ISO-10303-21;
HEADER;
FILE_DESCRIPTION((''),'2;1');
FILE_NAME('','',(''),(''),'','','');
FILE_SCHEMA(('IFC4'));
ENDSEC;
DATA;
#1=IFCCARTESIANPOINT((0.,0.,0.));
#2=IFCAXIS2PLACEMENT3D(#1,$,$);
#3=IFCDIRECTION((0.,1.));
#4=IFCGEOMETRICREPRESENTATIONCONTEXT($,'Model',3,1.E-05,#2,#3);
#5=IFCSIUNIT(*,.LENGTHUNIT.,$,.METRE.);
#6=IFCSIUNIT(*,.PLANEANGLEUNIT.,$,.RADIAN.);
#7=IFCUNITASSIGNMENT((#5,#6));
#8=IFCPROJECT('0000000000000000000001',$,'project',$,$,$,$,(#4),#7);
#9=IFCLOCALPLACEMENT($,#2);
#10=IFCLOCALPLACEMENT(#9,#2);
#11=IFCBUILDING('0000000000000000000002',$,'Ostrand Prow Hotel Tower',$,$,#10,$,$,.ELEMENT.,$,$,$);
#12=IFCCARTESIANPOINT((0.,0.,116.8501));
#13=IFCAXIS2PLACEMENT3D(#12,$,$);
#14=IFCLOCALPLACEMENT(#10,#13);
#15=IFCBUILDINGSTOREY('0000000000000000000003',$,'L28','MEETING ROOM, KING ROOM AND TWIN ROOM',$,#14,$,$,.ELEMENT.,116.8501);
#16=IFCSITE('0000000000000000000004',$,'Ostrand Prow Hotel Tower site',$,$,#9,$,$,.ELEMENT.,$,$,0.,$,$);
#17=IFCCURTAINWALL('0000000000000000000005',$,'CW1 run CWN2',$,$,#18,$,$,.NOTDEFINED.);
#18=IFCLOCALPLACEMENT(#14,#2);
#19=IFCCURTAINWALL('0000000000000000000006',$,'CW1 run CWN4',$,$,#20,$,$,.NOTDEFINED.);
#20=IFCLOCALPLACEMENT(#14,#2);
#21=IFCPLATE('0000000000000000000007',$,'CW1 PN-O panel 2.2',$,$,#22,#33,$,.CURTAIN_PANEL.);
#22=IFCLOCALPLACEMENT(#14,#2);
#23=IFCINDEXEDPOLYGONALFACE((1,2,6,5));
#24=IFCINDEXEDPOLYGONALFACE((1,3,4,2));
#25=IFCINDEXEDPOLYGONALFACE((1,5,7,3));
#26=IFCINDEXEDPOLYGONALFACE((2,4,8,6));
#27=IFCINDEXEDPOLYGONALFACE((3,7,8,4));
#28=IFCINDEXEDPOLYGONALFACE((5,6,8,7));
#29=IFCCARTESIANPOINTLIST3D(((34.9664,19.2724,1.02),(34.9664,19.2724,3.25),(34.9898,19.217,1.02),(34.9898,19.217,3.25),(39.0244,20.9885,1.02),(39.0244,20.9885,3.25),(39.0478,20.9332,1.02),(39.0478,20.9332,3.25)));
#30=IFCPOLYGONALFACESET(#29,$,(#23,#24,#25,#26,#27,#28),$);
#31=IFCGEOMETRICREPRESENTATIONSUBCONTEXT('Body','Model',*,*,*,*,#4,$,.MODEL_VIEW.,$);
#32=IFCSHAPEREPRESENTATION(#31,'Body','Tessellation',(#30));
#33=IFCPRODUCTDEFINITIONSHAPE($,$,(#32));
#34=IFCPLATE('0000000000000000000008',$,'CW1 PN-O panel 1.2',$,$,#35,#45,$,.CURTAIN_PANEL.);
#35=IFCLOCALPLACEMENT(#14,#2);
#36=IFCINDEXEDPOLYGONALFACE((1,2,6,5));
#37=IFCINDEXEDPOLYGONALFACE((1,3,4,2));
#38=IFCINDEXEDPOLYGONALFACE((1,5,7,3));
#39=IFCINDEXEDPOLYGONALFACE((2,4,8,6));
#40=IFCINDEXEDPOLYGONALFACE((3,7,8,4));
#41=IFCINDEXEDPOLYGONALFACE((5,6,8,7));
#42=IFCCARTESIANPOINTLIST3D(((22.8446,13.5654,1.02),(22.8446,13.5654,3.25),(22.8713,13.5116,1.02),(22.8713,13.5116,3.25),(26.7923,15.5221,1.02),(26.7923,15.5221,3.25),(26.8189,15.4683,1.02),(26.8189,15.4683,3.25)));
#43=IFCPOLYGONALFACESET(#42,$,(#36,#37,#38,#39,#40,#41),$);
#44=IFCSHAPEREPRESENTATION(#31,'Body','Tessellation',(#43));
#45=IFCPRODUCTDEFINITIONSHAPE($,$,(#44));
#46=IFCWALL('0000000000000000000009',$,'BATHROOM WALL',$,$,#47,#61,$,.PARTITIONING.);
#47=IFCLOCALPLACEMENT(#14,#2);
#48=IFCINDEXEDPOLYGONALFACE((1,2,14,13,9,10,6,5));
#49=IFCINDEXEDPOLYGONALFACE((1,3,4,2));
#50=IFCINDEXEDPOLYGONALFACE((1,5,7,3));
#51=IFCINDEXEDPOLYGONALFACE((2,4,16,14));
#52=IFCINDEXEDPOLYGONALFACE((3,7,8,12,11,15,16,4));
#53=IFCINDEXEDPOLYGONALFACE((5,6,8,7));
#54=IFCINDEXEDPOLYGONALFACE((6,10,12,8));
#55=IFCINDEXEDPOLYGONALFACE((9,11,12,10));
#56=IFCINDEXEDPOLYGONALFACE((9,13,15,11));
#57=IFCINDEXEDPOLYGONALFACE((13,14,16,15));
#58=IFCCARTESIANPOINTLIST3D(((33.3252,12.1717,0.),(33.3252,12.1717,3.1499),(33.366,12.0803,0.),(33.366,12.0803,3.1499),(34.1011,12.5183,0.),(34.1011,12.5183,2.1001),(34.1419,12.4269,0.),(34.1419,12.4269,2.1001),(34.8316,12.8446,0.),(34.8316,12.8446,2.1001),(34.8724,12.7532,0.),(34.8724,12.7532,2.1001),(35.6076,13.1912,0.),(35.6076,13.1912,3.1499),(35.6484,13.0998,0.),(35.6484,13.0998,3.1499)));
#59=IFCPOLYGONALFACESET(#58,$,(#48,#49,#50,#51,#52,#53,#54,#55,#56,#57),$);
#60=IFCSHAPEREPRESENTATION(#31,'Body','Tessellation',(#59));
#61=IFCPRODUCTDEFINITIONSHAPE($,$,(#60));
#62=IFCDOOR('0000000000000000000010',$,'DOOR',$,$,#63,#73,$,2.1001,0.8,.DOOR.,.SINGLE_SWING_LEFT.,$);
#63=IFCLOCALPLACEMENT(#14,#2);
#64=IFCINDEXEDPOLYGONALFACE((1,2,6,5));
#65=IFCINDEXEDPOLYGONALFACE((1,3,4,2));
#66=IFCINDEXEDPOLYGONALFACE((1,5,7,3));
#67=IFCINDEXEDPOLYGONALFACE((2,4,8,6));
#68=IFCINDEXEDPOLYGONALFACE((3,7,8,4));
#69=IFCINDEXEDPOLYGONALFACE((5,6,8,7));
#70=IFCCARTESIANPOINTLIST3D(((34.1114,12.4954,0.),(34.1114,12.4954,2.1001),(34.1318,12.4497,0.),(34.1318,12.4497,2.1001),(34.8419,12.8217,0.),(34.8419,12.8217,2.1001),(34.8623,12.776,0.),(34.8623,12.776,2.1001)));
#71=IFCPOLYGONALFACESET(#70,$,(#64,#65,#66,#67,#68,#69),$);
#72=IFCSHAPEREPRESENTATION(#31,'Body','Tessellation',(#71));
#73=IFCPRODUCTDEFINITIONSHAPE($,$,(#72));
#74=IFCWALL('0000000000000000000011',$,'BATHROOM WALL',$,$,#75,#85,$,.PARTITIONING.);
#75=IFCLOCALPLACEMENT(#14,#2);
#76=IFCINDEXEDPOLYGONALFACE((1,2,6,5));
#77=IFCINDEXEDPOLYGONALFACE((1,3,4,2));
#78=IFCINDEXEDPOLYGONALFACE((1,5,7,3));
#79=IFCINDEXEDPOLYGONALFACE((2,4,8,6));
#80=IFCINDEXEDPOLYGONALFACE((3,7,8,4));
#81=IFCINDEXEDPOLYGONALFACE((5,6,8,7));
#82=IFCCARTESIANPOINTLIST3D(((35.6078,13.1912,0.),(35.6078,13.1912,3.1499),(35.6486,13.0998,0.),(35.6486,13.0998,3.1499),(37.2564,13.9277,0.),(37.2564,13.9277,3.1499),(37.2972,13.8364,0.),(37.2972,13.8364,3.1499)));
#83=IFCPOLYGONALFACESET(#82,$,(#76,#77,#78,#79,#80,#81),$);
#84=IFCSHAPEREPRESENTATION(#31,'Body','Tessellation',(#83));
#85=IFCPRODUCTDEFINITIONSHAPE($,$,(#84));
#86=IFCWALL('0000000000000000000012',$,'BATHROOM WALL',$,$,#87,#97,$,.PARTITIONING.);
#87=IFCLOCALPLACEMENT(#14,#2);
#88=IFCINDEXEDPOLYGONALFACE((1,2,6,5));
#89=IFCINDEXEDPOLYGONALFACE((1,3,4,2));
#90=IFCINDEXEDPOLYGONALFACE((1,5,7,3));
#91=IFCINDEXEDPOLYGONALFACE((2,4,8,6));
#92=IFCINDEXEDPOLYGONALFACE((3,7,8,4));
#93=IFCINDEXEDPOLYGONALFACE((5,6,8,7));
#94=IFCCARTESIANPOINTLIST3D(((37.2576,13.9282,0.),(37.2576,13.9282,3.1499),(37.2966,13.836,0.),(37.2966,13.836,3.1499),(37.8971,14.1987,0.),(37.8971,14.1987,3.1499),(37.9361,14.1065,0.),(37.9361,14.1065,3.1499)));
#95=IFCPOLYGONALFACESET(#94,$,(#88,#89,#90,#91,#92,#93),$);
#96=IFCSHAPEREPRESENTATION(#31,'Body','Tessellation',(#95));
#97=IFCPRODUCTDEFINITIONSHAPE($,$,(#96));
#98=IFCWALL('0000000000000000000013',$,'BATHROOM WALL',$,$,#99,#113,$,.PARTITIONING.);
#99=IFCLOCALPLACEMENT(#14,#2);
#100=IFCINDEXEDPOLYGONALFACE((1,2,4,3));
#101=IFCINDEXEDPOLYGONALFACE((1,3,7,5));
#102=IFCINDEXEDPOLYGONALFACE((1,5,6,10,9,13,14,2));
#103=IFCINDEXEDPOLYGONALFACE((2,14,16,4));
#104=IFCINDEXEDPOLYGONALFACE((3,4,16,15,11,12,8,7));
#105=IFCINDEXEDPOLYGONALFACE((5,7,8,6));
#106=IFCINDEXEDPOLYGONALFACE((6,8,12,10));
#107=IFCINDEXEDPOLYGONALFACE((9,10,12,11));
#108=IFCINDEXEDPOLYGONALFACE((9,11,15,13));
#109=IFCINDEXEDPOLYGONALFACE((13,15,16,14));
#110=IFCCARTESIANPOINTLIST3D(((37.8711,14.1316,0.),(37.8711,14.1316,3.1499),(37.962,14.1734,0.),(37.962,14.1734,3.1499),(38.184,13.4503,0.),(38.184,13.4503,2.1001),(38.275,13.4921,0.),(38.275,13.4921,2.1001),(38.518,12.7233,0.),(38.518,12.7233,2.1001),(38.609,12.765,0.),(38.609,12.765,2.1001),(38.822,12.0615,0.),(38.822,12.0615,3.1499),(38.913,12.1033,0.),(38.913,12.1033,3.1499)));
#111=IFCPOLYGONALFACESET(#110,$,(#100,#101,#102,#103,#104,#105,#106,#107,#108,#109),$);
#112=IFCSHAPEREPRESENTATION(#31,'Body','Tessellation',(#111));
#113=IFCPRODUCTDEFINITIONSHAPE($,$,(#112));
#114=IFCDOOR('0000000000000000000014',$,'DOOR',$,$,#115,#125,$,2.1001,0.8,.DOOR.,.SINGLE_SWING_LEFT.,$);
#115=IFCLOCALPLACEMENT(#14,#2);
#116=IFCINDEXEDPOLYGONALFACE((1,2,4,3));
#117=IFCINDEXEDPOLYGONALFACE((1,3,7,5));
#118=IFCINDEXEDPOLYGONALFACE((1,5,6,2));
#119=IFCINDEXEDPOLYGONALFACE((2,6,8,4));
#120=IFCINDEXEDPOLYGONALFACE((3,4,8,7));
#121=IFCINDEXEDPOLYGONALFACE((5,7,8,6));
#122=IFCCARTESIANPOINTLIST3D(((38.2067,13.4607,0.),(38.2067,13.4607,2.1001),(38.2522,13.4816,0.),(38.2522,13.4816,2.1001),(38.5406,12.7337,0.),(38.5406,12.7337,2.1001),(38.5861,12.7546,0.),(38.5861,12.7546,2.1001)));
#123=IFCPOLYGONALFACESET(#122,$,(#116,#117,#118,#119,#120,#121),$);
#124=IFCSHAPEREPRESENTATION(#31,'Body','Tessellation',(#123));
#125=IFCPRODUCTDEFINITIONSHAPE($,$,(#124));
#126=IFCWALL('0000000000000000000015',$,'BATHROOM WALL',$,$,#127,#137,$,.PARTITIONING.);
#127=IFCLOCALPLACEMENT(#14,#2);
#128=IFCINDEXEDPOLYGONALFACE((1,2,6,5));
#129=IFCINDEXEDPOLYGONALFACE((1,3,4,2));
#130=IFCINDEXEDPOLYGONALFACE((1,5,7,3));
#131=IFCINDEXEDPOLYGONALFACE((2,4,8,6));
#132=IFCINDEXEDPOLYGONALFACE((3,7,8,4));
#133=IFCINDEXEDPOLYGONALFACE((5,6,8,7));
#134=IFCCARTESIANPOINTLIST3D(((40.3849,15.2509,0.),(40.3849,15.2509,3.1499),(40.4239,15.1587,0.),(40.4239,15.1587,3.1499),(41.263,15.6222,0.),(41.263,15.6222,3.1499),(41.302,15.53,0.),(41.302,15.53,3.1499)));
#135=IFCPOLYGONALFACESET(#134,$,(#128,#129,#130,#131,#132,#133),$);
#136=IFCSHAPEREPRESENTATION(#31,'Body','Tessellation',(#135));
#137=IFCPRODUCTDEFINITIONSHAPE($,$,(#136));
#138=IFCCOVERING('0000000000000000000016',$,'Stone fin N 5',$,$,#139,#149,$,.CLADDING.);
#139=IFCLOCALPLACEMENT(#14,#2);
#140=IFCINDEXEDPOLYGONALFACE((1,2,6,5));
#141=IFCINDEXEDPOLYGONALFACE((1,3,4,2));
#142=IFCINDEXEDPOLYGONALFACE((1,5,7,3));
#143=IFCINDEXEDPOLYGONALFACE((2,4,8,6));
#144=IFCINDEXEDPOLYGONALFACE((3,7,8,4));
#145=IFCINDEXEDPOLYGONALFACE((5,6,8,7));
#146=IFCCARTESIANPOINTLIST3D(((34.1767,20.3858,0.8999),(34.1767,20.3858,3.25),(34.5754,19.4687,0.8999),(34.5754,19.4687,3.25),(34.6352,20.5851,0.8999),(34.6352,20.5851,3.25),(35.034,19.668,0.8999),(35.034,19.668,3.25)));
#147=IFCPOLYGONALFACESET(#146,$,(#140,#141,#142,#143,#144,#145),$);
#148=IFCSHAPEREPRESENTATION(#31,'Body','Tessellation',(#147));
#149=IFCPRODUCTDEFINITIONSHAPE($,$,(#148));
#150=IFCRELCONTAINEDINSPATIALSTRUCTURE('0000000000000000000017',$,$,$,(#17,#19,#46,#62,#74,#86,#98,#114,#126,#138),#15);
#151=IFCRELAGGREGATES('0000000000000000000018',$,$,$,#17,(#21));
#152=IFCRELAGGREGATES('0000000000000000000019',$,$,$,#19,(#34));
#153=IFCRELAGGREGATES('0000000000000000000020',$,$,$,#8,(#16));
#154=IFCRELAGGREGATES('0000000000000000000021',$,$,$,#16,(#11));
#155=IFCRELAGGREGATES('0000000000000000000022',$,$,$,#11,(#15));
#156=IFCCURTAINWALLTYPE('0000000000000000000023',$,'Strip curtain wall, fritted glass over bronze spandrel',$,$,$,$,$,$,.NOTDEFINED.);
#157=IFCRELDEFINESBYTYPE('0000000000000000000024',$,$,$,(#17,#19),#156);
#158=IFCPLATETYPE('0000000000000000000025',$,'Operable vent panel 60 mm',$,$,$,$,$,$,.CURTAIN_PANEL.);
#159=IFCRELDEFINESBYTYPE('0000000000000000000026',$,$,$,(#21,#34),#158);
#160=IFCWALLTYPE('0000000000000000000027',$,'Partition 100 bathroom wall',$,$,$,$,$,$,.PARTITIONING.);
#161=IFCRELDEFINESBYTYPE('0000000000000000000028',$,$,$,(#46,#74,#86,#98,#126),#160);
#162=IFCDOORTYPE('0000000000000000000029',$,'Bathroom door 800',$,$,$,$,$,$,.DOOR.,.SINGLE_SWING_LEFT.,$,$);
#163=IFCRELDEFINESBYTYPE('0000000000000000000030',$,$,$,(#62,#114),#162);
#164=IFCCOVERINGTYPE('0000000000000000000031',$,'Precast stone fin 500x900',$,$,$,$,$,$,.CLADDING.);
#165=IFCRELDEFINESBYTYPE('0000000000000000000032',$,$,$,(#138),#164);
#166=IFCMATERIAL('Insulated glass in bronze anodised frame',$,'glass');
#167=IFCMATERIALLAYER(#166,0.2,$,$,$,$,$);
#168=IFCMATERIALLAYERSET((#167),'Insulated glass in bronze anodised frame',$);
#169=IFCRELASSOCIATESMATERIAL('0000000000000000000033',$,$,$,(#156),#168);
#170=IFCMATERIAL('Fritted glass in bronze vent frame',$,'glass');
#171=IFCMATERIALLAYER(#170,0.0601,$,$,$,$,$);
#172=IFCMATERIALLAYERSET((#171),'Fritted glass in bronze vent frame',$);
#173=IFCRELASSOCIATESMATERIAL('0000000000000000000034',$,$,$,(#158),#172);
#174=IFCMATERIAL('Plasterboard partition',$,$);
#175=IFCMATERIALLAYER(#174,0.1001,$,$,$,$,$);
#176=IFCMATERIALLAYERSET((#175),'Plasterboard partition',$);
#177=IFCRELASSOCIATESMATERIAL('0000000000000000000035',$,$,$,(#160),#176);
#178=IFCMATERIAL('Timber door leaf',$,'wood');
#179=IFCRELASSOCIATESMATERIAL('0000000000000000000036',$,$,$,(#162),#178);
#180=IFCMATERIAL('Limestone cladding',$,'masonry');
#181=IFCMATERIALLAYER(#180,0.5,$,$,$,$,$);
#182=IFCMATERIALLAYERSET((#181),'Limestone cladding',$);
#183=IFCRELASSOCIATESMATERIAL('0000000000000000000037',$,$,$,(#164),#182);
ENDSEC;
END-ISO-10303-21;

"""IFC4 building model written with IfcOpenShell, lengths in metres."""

from ifc_helpers import new_model, si_unit, direction, frame, frame_2d, origin, origin_2d, place, context, subcontext, project, spatial, rectangle, extrude, material, layer, layer_set, type_object, element, fill, aggregate, save


model = new_model("IFC4")

# Units and contexts
model_context = context("Model", 3, precision=1e-05, world=origin(), true_north=direction((0.0, 1.0)))
body_context = subcontext(model_context, "Body", "Model", "MODEL_VIEW")
ifc_project = project(units=[si_unit("LENGTHUNIT", "METRE"), si_unit("PLANEANGLEUNIT", "RADIAN")], contexts=[model_context])

# Site, building, storey
site_placement = place(None, origin())
site = spatial("IfcSite", under=ifc_project, at=site_placement, Name="Ostrand Prow Hotel Tower site", CompositionType="ELEMENT", RefElevation=0.0)
building_placement = place(site_placement, origin())
building = spatial("IfcBuilding", under=site, at=building_placement, Name="Ostrand Prow Hotel Tower", CompositionType="ELEMENT")
storey_placement = place(building_placement, frame((0.0, 0.0, 116.8501)))
storey = spatial("IfcBuildingStorey", under=building, at=storey_placement, Name="L28", Description="MEETING ROOM, KING ROOM AND TWIN ROOM", CompositionType="ELEMENT", Elevation=116.8501)

# Curtain wall
ifc_material_1 = material(Name="Insulated glass in bronze anodised frame", Category="glass")
ifc_layer_1 = layer(ifc_material_1, 0.2)
ifc_layer_set_1 = layer_set([ifc_layer_1], Name="Insulated glass in bronze anodised frame")
curtain_wall_type = type_object("IfcCurtainWallType", Name="Strip curtain wall, fritted glass over bronze spandrel", PredefinedType="NOTDEFINED", material=ifc_layer_set_1)
curtain_wall_1_placement = place(storey_placement, origin())
curtain_wall_1 = element("IfcCurtainWall", 1, at=curtain_wall_1_placement, inside=storey, type_object=curtain_wall_type, Name="CW1 run CWN2", PredefinedType="NOTDEFINED")

# Curtain wall
curtain_wall_2_placement = place(storey_placement, origin())
curtain_wall_2 = element("IfcCurtainWall", 2, at=curtain_wall_2_placement, inside=storey, type_object=curtain_wall_type, Name="CW1 run CWN4", PredefinedType="NOTDEFINED")

# Plates
ifc_material_2 = material(Name="Fritted glass in bronze vent frame", Category="glass")
ifc_layer_2 = layer(ifc_material_2, 0.0601)
ifc_layer_set_2 = layer_set([ifc_layer_2], Name="Fritted glass in bronze vent frame")
plate_type_1 = type_object("IfcPlateType", Name="Operable vent panel 60 mm", PredefinedType="CURTAIN_PANEL", material=ifc_layer_set_2)
plate_1_placement = place(storey_placement, frame((37.0071, 20.1028, 1.02), z_axis=(0.0, 0.0, 1.0), x_axis=(-0.921024, -0.389507, 0.0)))
plate_1 = element("IfcPlate", 3, at=plate_1_placement, type_object=plate_type_1, Name="CW1 PN-O panel 2.2", PredefinedType="CURTAIN_PANEL", context=body_context, shape_type="SweptSolid", body=[
    extrude(rectangle(XDim=4.406, YDim=0.0601, at=origin_2d()), origin(), (0.0, 0.0, 1.0), 2.23),
])
aggregate(curtain_wall_1, [plate_1])
plate_2_placement = place(storey_placement, frame((24.8318, 14.5168, 1.02), z_axis=(0.0, 0.0, 1.0), x_axis=(-0.895971, -0.444113, 0.0)))
plate_2 = element("IfcPlate", 4, at=plate_2_placement, type_object=plate_type_1, Name="CW1 PN-O panel 1.2", PredefinedType="CURTAIN_PANEL", context=body_context, shape_type="SweptSolid", body=[
    extrude(rectangle(XDim=4.406, YDim=0.0601, at=origin_2d()), origin(), (0.0, 0.0, 1.0), 2.23),
])
aggregate(curtain_wall_2, [plate_2])

# Wall, opening, door
ifc_material_3 = material(Name="Plasterboard partition")
ifc_layer_3 = layer(ifc_material_3, 0.1001)
ifc_layer_set_3 = layer_set([ifc_layer_3], Name="Plasterboard partition")
wall_type = type_object("IfcWallType", Name="Partition 100 bathroom wall", PredefinedType="PARTITIONING", material=ifc_layer_set_3)
wall_1_placement = place(storey_placement, frame((33.3455, 12.126, 0.0), z_axis=(0.0, 0.0, 1.0), x_axis=(0.913053, 0.407841, 0.0)))
wall_1 = element("IfcWall", 5, at=wall_1_placement, inside=storey, type_object=wall_type, Name="BATHROOM WALL", PredefinedType="PARTITIONING", context=body_context, shape_type="SweptSolid", body=[
    extrude(rectangle(XDim=2.4998, YDim=0.1001, at=frame_2d((1.25, 0.0))), origin(), (0.0, 0.0, 1.0), 3.1499),
])
opening_1_placement = place(wall_1_placement, frame((0.8501, 0.0, 0.0)))
opening_1 = element("IfcOpeningElement", 6, at=opening_1_placement, cuts=wall_1, PredefinedType="OPENING", context=body_context, shape_type="SweptSolid", body=[
    extrude(rectangle(XDim=0.8, YDim=2.1001, at=frame_2d((0.3999, 1.05))), frame((0.0, 0.0601, 0.0), z_axis=(0.0, -1.0, 0.0), x_axis=(1.0, 0.0, 0.0)), (0.0, 0.0, 1.0), 0.1201),
])
ifc_material_4 = material(Name="Timber door leaf", Category="wood")
door_type = type_object("IfcDoorType", Name="Bathroom door 800", OperationType="SINGLE_SWING_LEFT", PredefinedType="DOOR", material=ifc_material_4)
door_1_placement = place(opening_1_placement, origin())
door_1 = element("IfcDoor", 7, at=door_1_placement, inside=storey, type_object=door_type, Name="DOOR", OperationType="SINGLE_SWING_LEFT", OverallHeight=2.1001, OverallWidth=0.8, PredefinedType="DOOR", context=body_context, shape_type="SweptSolid", body=[
    extrude(rectangle(XDim=0.8, YDim=2.1001, at=frame_2d((0.3999, 1.05))), frame((0.0, 0.0249, 0.0), z_axis=(0.0, -1.0, 0.0), x_axis=(1.0, 0.0, 0.0)), (0.0, 0.0, 1.0), 0.05),
])
fill(opening_1, door_1)

# Walls
wall_2_placement = place(storey_placement, frame((35.6282, 13.1455, 0.0), z_axis=(0.0, 0.0, 1.0), x_axis=(0.913024, 0.407906, 0.0)))
element("IfcWall", 8, at=wall_2_placement, inside=storey, type_object=wall_type, Name="BATHROOM WALL", PredefinedType="PARTITIONING", context=body_context, shape_type="SweptSolid", body=[
    extrude(rectangle(XDim=1.8057, YDim=0.1001, at=frame_2d((0.9028, 0.0))), origin(), (0.0, 0.0, 1.0), 3.1499),
])
wall_3_placement = place(storey_placement, frame((37.2771, 13.8821, 0.0), z_axis=(0.0, 0.0, 1.0), x_axis=(0.920972, 0.389629, 0.0)))
element("IfcWall", 9, at=wall_3_placement, inside=storey, type_object=wall_type, Name="BATHROOM WALL", PredefinedType="PARTITIONING", context=body_context, shape_type="SweptSolid", body=[
    extrude(rectangle(XDim=0.6943, YDim=0.1001, at=frame_2d((0.3472, 0.0))), origin(), (0.0, 0.0, 1.0), 3.1499),
])

# Wall, opening, door
wall_4_placement = place(storey_placement, frame((37.9165, 14.1526, 0.0), z_axis=(0.0, 0.0, 1.0), x_axis=(0.417433, -0.908708, 0.0)))
wall_4 = element("IfcWall", 10, at=wall_4_placement, inside=storey, type_object=wall_type, Name="BATHROOM WALL", PredefinedType="PARTITIONING", context=body_context, shape_type="SweptSolid", body=[
    extrude(rectangle(XDim=2.2781, YDim=0.1001, at=frame_2d((1.1392, 0.0))), origin(), (0.0, 0.0, 1.0), 3.1499),
])
opening_2_placement = place(wall_4_placement, frame((0.75, 0.0, 0.0)))
opening_2 = element("IfcOpeningElement", 11, at=opening_2_placement, cuts=wall_4, PredefinedType="OPENING", context=body_context, shape_type="SweptSolid", body=[
    extrude(rectangle(XDim=0.8, YDim=2.1001, at=frame_2d((0.3999, 1.05))), frame((0.0, 0.0601, 0.0), z_axis=(0.0, -1.0, 0.0), x_axis=(1.0, 0.0, 0.0)), (0.0, 0.0, 1.0), 0.1201),
])
door_2_placement = place(opening_2_placement, origin())
door_2 = element("IfcDoor", 12, at=door_2_placement, inside=storey, type_object=door_type, Name="DOOR", OperationType="SINGLE_SWING_LEFT", OverallHeight=2.1001, OverallWidth=0.8, PredefinedType="DOOR", context=body_context, shape_type="SweptSolid", body=[
    extrude(rectangle(XDim=0.8, YDim=2.1001, at=frame_2d((0.3999, 1.05))), frame((0.0, 0.0249, 0.0), z_axis=(0.0, -1.0, 0.0), x_axis=(1.0, 0.0, 0.0)), (0.0, 0.0, 1.0), 0.05),
])
fill(opening_2, door_2)

# Wall
wall_5_placement = place(storey_placement, frame((40.4045, 15.2048, 0.0), z_axis=(0.0, 0.0, 1.0), x_axis=(0.921041, 0.389465, 0.0)))
element("IfcWall", 13, at=wall_5_placement, inside=storey, type_object=wall_type, Name="BATHROOM WALL", PredefinedType="PARTITIONING", context=body_context, shape_type="SweptSolid", body=[
    extrude(rectangle(XDim=0.9534, YDim=0.1001, at=frame_2d((0.4766, 0.0))), origin(), (0.0, 0.0, 1.0), 3.1499),
])

# Covering
ifc_material_5 = material(Name="Limestone cladding", Category="masonry")
ifc_layer_4 = layer(ifc_material_5, 0.5)
ifc_layer_set_4 = layer_set([ifc_layer_4], Name="Limestone cladding")
covering_type = type_object("IfcCoveringType", Name="Precast stone fin 500x900", PredefinedType="CLADDING", material=ifc_layer_set_4)
covering_placement = place(storey_placement, frame((34.8047, 19.5684, 0.8999), z_axis=(0.0, 0.0, 1.0), x_axis=(-0.398717, 0.917074, 0.0)))
element("IfcCovering", 14, at=covering_placement, inside=storey, type_object=covering_type, Name="Stone fin N 5", PredefinedType="CLADDING", context=body_context, shape_type="SweptSolid", body=[
    extrude(rectangle(XDim=1.0, YDim=0.5, at=frame_2d((0.5, 0.0))), origin(), (0.0, 0.0, 1.0), 2.3501),
])

save(model, "model.ifc")
